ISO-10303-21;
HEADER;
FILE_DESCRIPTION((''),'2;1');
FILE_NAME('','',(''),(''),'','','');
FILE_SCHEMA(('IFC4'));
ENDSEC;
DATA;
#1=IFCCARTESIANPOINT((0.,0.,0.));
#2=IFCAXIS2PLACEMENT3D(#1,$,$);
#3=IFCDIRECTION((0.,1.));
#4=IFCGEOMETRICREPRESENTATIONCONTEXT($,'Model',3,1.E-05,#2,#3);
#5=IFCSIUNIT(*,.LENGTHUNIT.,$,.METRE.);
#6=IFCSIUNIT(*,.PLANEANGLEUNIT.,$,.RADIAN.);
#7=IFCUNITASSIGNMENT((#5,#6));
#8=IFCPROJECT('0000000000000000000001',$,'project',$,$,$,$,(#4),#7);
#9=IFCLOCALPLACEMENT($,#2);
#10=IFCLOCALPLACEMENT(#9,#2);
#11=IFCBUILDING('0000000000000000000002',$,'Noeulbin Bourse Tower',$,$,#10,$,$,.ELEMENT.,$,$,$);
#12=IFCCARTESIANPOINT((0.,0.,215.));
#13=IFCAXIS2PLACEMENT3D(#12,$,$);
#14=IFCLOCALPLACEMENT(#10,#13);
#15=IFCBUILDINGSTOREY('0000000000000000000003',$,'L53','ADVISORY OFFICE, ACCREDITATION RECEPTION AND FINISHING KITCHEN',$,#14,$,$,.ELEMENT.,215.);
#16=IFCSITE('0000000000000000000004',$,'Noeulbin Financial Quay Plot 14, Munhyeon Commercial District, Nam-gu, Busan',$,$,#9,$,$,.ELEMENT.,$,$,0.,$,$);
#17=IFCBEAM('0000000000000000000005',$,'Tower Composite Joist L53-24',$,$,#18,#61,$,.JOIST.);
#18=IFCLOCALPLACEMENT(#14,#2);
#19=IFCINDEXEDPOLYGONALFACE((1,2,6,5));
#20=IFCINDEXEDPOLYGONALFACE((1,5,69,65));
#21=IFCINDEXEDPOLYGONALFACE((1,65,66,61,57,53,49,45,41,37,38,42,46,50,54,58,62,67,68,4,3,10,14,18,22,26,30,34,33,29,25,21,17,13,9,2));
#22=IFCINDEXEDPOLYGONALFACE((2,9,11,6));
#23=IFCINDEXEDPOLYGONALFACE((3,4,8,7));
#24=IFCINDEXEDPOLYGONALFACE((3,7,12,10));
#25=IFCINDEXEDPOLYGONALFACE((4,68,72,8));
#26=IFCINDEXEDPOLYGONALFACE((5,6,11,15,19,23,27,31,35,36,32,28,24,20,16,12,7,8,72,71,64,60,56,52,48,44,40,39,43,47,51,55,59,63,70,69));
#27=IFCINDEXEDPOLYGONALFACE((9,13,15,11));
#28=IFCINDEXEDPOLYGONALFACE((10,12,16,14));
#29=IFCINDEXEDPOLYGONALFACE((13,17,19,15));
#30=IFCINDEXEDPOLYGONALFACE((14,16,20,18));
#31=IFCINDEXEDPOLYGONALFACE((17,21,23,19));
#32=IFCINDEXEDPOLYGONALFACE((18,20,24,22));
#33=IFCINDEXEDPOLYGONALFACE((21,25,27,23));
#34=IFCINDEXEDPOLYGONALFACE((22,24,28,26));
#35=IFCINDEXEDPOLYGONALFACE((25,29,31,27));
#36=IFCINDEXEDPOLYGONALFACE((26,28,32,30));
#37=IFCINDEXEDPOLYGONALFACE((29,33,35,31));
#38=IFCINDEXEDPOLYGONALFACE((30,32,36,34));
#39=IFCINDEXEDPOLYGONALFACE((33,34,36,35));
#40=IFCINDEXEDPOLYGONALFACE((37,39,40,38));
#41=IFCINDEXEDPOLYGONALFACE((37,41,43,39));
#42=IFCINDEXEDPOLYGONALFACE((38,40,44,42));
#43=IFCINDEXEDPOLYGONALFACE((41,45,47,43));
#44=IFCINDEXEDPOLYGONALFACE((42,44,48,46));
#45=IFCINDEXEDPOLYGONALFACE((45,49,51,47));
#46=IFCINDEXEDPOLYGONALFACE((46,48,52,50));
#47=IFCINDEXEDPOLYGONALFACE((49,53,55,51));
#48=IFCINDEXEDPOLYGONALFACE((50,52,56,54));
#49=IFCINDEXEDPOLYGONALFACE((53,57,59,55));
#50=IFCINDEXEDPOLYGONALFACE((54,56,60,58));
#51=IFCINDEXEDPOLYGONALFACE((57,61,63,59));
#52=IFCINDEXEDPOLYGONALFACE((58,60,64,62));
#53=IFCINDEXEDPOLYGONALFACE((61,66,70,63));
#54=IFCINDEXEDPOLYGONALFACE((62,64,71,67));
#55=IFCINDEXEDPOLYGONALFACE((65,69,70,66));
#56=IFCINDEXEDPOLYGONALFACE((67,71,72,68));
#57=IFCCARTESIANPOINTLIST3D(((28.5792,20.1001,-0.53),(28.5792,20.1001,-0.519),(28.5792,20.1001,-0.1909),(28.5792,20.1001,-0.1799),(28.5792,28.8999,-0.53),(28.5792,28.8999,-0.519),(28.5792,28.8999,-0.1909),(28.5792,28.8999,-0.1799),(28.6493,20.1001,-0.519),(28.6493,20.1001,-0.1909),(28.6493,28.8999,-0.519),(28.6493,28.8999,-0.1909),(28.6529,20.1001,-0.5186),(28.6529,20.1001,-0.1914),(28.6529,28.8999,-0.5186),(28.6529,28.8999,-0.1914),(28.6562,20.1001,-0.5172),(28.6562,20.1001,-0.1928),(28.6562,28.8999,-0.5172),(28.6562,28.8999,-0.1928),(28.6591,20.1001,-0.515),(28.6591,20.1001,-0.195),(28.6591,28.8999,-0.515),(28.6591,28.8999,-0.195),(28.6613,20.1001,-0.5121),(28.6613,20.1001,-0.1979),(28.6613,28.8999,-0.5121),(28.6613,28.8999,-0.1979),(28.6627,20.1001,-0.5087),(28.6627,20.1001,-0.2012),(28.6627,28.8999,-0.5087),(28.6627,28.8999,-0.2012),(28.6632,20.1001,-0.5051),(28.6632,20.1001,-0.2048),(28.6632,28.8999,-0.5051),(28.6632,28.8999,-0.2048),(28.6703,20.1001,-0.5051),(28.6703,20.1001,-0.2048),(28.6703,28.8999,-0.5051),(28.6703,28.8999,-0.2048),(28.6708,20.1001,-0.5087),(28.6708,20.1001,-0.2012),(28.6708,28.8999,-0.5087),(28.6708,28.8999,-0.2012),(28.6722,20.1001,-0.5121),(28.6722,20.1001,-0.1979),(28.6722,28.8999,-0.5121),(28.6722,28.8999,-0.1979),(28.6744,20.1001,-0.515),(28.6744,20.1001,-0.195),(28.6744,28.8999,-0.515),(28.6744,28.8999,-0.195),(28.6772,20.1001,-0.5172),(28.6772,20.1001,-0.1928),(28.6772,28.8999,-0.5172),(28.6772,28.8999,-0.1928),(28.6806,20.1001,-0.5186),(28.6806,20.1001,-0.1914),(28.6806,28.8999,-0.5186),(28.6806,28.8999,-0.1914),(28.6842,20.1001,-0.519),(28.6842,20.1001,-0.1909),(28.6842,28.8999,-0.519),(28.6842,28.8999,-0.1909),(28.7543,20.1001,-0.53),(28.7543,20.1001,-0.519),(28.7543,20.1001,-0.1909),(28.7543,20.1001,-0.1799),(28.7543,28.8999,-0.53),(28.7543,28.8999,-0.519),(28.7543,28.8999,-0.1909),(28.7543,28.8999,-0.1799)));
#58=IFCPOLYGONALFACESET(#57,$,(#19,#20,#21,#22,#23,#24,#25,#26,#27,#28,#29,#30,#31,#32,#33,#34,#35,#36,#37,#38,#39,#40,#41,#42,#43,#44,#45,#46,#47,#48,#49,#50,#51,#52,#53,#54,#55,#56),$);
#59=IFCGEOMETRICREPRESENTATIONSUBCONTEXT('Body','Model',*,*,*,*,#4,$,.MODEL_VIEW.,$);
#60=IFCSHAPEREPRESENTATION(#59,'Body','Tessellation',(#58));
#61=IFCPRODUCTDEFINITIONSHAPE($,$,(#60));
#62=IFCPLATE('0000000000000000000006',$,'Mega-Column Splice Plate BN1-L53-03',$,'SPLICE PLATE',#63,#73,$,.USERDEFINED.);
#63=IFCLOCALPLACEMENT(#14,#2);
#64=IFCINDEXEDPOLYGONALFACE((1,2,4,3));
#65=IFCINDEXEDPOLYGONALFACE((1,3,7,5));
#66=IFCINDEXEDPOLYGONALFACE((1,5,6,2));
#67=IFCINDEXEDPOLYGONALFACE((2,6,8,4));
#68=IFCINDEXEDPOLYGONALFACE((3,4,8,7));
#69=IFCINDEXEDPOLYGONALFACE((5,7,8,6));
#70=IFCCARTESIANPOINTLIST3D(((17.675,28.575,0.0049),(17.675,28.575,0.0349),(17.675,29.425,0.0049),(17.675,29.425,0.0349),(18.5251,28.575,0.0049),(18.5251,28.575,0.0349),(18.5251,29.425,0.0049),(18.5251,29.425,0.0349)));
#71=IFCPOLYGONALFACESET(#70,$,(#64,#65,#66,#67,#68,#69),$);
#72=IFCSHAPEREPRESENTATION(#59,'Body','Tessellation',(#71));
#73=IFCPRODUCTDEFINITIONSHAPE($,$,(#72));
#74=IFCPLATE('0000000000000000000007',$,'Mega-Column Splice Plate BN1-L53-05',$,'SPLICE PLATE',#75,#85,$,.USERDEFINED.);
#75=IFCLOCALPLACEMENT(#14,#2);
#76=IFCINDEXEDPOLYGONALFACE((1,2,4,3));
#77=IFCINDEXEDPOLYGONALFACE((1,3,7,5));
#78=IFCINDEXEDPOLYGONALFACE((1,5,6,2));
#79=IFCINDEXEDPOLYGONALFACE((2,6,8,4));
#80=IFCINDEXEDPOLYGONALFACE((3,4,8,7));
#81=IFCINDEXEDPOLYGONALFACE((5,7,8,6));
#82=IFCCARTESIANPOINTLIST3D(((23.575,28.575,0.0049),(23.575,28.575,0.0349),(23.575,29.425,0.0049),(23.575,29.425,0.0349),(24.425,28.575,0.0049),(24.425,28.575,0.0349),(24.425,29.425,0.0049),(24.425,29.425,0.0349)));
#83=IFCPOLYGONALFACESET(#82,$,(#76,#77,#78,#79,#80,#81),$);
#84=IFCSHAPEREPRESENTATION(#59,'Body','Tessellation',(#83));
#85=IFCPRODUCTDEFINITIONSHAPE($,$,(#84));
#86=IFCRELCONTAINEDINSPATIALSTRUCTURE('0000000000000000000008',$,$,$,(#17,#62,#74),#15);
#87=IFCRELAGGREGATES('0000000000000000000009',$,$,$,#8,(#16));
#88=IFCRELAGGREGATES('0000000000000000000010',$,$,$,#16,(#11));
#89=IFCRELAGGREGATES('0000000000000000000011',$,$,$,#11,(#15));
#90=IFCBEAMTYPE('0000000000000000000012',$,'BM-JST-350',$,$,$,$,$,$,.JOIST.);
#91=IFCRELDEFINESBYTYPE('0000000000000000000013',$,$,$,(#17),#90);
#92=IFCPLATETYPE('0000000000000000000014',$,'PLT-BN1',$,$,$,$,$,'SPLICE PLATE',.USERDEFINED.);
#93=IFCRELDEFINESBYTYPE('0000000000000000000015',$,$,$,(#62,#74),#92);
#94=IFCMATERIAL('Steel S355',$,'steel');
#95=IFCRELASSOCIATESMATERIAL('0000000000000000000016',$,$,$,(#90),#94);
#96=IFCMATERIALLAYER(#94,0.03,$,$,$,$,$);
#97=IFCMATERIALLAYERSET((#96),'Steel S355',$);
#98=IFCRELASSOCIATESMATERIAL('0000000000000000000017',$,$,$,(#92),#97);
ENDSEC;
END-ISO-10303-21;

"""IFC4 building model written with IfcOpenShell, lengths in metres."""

from ifc_helpers import new_model, si_unit, direction, frame, origin, origin_2d, place, context, subcontext, project, spatial, rectangle, i_section, extrude, material, layer, layer_set, material_profile, profile_set, type_object, element, save


model = new_model("IFC4")

# Units and contexts
model_context = context("Model", 3, precision=1e-05, world=origin(), true_north=direction((0.0, 1.0)))
body_context = subcontext(model_context, "Body", "Model", "MODEL_VIEW")
ifc_project = project(units=[si_unit("LENGTHUNIT", "METRE"), si_unit("PLANEANGLEUNIT", "RADIAN")], contexts=[model_context])

# Site, building, storey
site_placement = place(None, origin())
site = spatial("IfcSite", under=ifc_project, at=site_placement, Name="Noeulbin Financial Quay Plot 14, Munhyeon Commercial District, Nam-gu, Busan", CompositionType="ELEMENT", RefElevation=0.0)
building_placement = place(site_placement, origin())
building = spatial("IfcBuilding", under=site, at=building_placement, Name="Noeulbin Bourse Tower", CompositionType="ELEMENT")
storey_placement = place(building_placement, frame((0.0, 0.0, 215.0)))
storey = spatial("IfcBuildingStorey", under=building, at=storey_placement, Name="L53", Description="ADVISORY OFFICE, ACCREDITATION RECEPTION AND FINISHING KITCHEN", CompositionType="ELEMENT", Elevation=215.0)

# Shared definitions
ifc_material_1 = material(Name="Steel S355", Category="steel")

# Beam
ifc_material_profile_1 = material_profile(ifc_material_1, i_section(OverallWidth=0.175, OverallDepth=0.3501, WebThickness=0.0071, FlangeThickness=0.011, FilletRadius=0.0139, at=origin_2d()), Name="H-350x175x7x11", Category="LoadBearing")
ifc_profile_set_1 = profile_set([ifc_material_profile_1], Name="Steel S355")
beam_type = type_object("IfcBeamType", Name="BM-JST-350", PredefinedType="JOIST", material=ifc_profile_set_1)
for number, where, z_axis, x_axis, name in (
    (1, (28.6667, 20.1001, -0.355), (0.0, 1.0, 0.0), (-1.0, 0.0, 0.0), "Tower Composite Joist L53-24"),
):
    element("IfcBeam", number, at=place(storey_placement, frame(where, z_axis=z_axis, x_axis=x_axis)), inside=storey, type_object=beam_type, Name=name, PredefinedType="JOIST", context=body_context, shape_type="SweptSolid", body=[
        extrude(i_section(OverallWidth=0.175, OverallDepth=0.3501, WebThickness=0.0071, FlangeThickness=0.011, FilletRadius=0.0139, at=origin_2d()), origin(), (0.0, 0.0, 1.0), 8.7998),
    ])

# Plates
ifc_layer_1 = layer(ifc_material_1, 0.03)
ifc_layer_set_1 = layer_set([ifc_layer_1], Name="Steel S355")
plate_type = type_object("IfcPlateType", Name="PLT-BN1", ElementType="SPLICE PLATE", PredefinedType="USERDEFINED", material=ifc_layer_set_1)
for number, where, z_axis, x_axis, name in (
    (2, (18.1001, 29.0, 0.0049), (0.0, 0.0, 1.0), (1.0, 0.0, 0.0), "Mega-Column Splice Plate BN1-L53-03"),
    (3, (24.0, 29.0, 0.0049), (0.0, 0.0, 1.0), (1.0, 0.0, 0.0), "Mega-Column Splice Plate BN1-L53-05"),
):
    element("IfcPlate", number, at=place(storey_placement, frame(where, z_axis=z_axis, x_axis=x_axis)), inside=storey, type_object=plate_type, Name=name, ObjectType="SPLICE PLATE", PredefinedType="USERDEFINED", context=body_context, shape_type="SweptSolid", body=[
        extrude(rectangle(XDim=0.8501, YDim=0.8501, at=origin_2d()), origin(), (0.0, 0.0, 1.0), 0.03),
    ])

save(model, "model.ifc")
